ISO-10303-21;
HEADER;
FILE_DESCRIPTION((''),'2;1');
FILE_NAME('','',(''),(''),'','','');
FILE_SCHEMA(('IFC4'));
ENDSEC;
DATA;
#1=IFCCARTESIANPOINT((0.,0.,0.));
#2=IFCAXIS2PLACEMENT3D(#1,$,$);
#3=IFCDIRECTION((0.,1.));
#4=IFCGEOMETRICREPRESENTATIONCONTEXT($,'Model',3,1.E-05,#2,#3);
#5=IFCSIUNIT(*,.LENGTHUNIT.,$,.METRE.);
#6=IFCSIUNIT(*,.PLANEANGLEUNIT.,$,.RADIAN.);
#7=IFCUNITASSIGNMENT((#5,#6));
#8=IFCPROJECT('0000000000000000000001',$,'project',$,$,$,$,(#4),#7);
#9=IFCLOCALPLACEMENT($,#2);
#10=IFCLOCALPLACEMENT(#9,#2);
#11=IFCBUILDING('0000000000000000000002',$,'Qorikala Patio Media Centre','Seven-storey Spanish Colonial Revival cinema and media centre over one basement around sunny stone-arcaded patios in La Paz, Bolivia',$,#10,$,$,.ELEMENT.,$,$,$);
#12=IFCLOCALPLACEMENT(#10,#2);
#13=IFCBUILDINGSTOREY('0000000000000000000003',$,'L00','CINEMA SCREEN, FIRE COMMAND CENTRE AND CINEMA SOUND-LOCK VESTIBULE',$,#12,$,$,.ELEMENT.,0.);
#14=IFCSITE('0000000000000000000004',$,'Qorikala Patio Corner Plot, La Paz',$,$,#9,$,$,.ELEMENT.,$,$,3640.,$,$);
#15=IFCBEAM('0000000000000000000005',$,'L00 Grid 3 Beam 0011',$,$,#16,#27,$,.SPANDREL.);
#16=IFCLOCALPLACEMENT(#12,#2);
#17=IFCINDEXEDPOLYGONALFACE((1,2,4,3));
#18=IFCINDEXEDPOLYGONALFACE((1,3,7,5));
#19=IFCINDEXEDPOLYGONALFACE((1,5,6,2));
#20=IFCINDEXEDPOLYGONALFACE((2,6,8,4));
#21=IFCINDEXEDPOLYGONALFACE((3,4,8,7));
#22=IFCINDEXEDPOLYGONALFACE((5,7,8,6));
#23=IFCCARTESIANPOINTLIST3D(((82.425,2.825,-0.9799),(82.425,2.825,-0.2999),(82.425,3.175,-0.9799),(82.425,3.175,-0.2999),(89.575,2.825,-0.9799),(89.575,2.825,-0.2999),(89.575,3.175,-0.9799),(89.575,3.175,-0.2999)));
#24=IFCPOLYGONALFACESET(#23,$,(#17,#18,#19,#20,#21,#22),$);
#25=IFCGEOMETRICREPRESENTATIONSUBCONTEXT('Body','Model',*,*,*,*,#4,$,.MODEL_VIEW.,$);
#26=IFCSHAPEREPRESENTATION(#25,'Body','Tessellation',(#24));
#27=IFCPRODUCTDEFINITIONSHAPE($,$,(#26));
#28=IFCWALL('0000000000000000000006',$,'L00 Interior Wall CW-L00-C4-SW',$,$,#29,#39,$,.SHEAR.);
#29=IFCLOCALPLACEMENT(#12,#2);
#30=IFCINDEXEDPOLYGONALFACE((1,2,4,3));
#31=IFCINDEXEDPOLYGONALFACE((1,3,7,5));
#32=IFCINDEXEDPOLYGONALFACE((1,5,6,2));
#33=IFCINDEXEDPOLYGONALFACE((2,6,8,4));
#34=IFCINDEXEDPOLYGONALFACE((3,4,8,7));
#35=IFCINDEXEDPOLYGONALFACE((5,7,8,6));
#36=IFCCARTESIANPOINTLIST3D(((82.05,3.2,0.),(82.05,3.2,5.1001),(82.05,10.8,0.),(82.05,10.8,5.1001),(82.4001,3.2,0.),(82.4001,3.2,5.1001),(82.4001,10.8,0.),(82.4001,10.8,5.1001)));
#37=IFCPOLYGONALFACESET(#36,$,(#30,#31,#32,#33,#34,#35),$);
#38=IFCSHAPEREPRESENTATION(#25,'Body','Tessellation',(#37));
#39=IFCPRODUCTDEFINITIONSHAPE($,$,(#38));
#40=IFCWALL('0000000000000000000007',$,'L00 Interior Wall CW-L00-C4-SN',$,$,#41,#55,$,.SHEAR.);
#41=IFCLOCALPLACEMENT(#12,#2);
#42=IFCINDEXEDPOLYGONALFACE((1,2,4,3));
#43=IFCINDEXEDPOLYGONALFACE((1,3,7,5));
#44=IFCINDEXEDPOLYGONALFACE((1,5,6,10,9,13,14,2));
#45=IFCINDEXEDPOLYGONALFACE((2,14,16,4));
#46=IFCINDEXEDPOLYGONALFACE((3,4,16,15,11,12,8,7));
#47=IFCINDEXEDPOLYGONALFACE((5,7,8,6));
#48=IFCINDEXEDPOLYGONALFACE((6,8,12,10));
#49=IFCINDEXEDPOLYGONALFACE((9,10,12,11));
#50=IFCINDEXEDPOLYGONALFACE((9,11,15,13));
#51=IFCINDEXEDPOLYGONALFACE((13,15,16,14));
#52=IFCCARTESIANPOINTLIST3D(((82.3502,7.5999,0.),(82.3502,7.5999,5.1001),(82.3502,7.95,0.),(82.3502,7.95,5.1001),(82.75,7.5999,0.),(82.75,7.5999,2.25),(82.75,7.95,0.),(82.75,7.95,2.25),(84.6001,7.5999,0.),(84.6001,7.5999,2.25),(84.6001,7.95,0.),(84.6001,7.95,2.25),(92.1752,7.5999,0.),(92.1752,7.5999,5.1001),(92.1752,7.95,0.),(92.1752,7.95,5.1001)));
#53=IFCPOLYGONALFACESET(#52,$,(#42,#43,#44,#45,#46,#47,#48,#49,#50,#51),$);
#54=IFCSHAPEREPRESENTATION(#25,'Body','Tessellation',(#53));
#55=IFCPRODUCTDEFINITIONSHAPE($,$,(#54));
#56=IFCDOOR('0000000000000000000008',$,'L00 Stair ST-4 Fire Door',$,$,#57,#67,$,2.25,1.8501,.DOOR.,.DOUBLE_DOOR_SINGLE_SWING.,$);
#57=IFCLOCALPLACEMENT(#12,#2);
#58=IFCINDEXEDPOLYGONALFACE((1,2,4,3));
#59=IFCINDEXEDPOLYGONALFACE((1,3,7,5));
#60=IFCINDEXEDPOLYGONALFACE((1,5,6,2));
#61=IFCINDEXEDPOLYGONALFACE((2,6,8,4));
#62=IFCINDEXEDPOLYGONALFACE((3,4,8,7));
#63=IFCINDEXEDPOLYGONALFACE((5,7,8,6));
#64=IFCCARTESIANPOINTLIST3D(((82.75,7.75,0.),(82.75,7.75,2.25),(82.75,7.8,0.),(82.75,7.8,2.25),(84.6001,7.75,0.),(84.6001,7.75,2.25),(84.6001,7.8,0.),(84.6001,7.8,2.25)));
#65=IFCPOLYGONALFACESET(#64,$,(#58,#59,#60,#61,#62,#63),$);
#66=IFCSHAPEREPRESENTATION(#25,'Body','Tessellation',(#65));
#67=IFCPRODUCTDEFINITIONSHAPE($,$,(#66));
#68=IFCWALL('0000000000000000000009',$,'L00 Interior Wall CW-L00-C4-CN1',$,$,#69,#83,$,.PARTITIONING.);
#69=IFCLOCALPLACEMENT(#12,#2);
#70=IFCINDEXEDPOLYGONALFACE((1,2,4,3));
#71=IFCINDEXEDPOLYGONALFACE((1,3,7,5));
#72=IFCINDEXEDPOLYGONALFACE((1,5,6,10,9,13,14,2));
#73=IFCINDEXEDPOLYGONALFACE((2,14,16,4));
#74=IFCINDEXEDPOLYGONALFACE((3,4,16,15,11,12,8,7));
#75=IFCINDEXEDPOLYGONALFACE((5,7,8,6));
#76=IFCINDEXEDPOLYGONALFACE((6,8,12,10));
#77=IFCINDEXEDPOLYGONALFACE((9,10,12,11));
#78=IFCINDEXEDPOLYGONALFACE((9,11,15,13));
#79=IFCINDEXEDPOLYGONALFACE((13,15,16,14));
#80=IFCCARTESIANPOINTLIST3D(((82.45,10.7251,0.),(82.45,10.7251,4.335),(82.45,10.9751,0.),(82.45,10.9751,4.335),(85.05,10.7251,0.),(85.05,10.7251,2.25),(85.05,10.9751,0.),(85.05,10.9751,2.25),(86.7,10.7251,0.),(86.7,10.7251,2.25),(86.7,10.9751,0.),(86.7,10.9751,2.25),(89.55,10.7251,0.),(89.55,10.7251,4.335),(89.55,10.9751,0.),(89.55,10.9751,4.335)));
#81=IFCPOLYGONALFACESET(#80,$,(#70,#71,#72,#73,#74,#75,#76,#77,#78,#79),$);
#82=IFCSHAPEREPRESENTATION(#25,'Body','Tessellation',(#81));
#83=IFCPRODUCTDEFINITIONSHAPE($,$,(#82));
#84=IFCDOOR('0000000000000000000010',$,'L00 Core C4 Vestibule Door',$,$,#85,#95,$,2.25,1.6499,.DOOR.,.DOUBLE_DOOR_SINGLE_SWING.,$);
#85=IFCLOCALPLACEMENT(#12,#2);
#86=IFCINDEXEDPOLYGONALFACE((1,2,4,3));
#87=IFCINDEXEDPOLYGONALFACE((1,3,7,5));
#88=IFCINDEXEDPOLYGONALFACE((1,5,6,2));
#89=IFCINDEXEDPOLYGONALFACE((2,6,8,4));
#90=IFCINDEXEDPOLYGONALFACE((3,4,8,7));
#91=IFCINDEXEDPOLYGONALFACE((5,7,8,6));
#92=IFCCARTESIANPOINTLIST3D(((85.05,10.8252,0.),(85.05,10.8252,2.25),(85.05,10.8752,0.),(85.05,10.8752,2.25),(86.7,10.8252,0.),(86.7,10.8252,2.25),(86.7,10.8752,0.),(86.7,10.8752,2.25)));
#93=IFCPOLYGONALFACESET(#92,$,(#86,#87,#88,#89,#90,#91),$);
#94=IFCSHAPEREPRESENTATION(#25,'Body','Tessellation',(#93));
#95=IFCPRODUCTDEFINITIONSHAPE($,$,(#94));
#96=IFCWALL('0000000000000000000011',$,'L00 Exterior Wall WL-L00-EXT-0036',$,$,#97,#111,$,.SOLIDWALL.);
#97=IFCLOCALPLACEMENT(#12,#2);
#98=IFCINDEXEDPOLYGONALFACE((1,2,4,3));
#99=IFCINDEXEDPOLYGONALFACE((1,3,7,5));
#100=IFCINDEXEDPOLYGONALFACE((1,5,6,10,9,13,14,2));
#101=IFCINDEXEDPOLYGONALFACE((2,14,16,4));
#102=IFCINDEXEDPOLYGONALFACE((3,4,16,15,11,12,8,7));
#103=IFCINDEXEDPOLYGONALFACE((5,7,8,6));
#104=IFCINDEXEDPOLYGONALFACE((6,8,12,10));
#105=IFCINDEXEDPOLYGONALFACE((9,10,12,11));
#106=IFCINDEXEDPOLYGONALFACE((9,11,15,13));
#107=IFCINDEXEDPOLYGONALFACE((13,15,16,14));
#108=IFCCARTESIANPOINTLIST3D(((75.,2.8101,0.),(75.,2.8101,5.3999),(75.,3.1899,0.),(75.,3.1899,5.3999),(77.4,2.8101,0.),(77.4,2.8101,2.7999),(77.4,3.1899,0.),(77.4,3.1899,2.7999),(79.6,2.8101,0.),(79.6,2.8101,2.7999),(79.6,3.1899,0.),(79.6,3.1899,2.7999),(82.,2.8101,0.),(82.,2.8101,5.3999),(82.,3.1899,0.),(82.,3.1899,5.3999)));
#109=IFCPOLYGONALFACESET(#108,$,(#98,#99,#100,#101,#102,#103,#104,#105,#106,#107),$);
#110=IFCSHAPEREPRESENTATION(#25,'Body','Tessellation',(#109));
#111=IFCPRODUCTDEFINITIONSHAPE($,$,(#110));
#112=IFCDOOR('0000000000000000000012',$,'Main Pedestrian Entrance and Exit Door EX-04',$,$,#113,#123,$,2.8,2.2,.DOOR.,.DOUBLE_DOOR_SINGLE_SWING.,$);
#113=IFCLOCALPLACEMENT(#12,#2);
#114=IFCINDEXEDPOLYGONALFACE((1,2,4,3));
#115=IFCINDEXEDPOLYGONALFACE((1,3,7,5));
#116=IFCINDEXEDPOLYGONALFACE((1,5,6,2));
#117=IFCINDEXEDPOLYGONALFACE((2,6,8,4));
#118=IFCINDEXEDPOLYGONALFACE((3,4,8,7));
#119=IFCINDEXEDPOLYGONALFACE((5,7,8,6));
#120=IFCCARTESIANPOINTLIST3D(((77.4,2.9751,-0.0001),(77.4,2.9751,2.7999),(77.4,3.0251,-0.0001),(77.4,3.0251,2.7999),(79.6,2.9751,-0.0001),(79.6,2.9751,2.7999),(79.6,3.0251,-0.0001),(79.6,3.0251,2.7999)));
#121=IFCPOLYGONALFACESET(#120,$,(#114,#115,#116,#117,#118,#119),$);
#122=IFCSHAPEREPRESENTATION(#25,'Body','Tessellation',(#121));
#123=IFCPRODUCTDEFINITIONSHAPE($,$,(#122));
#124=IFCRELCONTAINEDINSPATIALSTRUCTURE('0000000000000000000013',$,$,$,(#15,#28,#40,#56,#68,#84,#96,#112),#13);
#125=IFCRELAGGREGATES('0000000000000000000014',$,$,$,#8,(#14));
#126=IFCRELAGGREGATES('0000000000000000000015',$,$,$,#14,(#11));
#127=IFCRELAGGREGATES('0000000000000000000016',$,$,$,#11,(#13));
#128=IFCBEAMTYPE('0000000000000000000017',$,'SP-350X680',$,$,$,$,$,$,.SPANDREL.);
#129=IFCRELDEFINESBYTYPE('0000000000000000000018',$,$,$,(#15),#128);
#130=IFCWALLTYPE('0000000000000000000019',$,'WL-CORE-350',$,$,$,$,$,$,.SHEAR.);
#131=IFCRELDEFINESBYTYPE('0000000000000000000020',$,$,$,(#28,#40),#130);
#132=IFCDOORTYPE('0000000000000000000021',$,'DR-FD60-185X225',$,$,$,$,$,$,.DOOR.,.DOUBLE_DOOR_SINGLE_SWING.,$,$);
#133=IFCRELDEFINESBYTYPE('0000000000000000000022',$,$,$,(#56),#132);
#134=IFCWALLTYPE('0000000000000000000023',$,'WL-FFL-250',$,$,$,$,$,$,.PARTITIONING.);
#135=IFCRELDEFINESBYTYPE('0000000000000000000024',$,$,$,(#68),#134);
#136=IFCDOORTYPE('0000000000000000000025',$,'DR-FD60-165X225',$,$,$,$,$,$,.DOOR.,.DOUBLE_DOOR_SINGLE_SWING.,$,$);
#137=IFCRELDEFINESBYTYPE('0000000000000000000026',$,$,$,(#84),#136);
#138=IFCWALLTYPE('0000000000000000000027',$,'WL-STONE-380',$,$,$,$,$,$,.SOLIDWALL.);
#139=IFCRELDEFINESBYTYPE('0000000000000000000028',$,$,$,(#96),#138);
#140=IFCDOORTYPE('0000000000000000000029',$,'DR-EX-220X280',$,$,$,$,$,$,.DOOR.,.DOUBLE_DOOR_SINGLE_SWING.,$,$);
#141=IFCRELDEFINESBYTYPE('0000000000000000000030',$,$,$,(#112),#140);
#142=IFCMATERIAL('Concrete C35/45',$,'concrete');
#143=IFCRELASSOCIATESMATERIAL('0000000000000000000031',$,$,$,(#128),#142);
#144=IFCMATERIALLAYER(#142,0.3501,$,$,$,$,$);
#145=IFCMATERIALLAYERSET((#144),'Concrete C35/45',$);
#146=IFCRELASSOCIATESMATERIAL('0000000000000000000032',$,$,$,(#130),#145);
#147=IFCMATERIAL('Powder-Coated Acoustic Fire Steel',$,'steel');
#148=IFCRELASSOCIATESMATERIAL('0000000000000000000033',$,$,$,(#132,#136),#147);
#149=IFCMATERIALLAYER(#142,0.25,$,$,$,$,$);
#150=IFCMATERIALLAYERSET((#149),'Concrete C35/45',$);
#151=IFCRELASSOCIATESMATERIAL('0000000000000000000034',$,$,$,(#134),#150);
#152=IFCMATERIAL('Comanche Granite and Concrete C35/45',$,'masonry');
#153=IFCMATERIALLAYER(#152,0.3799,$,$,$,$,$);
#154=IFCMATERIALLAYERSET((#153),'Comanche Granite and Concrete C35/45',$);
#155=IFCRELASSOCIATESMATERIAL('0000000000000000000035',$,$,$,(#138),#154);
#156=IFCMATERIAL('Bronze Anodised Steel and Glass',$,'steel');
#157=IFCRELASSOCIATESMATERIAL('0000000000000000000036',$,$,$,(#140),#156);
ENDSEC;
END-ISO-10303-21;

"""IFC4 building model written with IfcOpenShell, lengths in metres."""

from ifc_helpers import new_model, si_unit, direction, frame, frame_2d, origin, origin_2d, place, context, subcontext, project, spatial, rectangle, extrude, material, layer, layer_set, material_profile, profile_set, type_object, element, fill, save


model = new_model("IFC4")

# Units and contexts
model_context = context("Model", 3, precision=1e-05, world=origin(), true_north=direction((0.0, 1.0)))
body_context = subcontext(model_context, "Body", "Model", "MODEL_VIEW")
ifc_project = project(units=[si_unit("LENGTHUNIT", "METRE"), si_unit("PLANEANGLEUNIT", "RADIAN")], contexts=[model_context])

# Site, building, storey
site_placement = place(None, origin())
site = spatial("IfcSite", under=ifc_project, at=site_placement, Name="Qorikala Patio Corner Plot, La Paz", CompositionType="ELEMENT", RefElevation=3640.0)
building_placement = place(site_placement, origin())
building = spatial("IfcBuilding", under=site, at=building_placement, Name="Qorikala Patio Media Centre", Description="Seven-storey Spanish Colonial Revival cinema and media centre over one basement around sunny stone-arcaded patios in La Paz, Bolivia", CompositionType="ELEMENT")
storey_placement = place(building_placement, origin())
storey = spatial("IfcBuildingStorey", under=building, at=storey_placement, Name="L00", Description="CINEMA SCREEN, FIRE COMMAND CENTRE AND CINEMA SOUND-LOCK VESTIBULE", CompositionType="ELEMENT", Elevation=0.0)

# Shared definitions
ifc_material_1 = material(Name="Concrete C35/45", Category="concrete")

# Beam
ifc_material_profile_1 = material_profile(ifc_material_1, rectangle(XDim=0.3501, YDim=0.6799, at=origin_2d()), Name="RC 350x680")
ifc_profile_set_1 = profile_set([ifc_material_profile_1], Name="Concrete C35/45")
beam_type_1 = type_object("IfcBeamType", Name="SP-350X680", PredefinedType="SPANDREL", material=ifc_profile_set_1)
beam_1_placement = place(storey_placement, frame((82.425, 3.0, -0.6399), z_axis=(1.0, 0.0, 0.0), x_axis=(0.0, 1.0, 0.0)))
element("IfcBeam", 1, at=beam_1_placement, inside=storey, type_object=beam_type_1, Name="L00 Grid 3 Beam 0011", PredefinedType="SPANDREL", context=body_context, shape_type="SweptSolid", body=[
    extrude(rectangle(XDim=0.3501, YDim=0.6799, at=origin_2d()), origin(), (0.0, 0.0, 1.0), 7.1499),
])

# Wall
ifc_layer_1 = layer(ifc_material_1, 0.3501)
ifc_layer_set_1 = layer_set([ifc_layer_1], Name="Concrete C35/45")
wall_type_1 = type_object("IfcWallType", Name="WL-CORE-350", PredefinedType="SHEAR", material=ifc_layer_set_1)
wall_1_placement = place(storey_placement, frame((82.2251, 3.2, 0.0), z_axis=(0.0, 0.0, 1.0), x_axis=(0.0, 1.0, 0.0)))
element("IfcWall", 2, at=wall_1_placement, inside=storey, type_object=wall_type_1, Name="L00 Interior Wall CW-L00-C4-SW", PredefinedType="SHEAR", context=body_context, shape_type="SweptSolid", body=[
    extrude(rectangle(XDim=7.6001, YDim=0.3501, at=frame_2d((3.8, 0.0))), origin(), (0.0, 0.0, 1.0), 5.1001),
])

# Walls, openings, doors
wall_2_placement = place(storey_placement, frame((82.3501, 7.7749, 0.0), z_axis=(0.0, 0.0, 1.0), x_axis=(1.0, 0.0, 0.0)))
wall_2 = element("IfcWall", 3, at=wall_2_placement, inside=storey, type_object=wall_type_1, Name="L00 Interior Wall CW-L00-C4-SN", PredefinedType="SHEAR", context=body_context, shape_type="SweptSolid", body=[
    extrude(rectangle(XDim=9.825, YDim=0.3501, at=frame_2d((4.9126, 0.0))), origin(), (0.0, 0.0, 1.0), 5.1001),
])
opening_1_placement = place(wall_2_placement, frame((0.3999, 0.0, 0.0)))
opening_1 = element("IfcOpeningElement", 4, at=opening_1_placement, cuts=wall_2, PredefinedType="OPENING", context=body_context, shape_type="SweptSolid", body=[
    extrude(rectangle(XDim=1.8501, YDim=2.25, at=frame_2d((0.925, 1.125))), frame((0.0, 0.1851, 0.0), z_axis=(0.0, -1.0, 0.0), x_axis=(1.0, 0.0, 0.0)), (0.0, 0.0, 1.0), 0.3701),
])
ifc_material_2 = material(Name="Powder-Coated Acoustic Fire Steel", Category="steel")
door_type_1 = type_object("IfcDoorType", Name="DR-FD60-185X225", OperationType="DOUBLE_DOOR_SINGLE_SWING", PredefinedType="DOOR", material=ifc_material_2)
door_1_placement = place(opening_1_placement, frame((1.8501, 0.0, 0.0), z_axis=(0.0, 0.0, 1.0), x_axis=(-1.0, 0.0, 0.0)))
door_1 = element("IfcDoor", 5, at=door_1_placement, inside=storey, type_object=door_type_1, Name="L00 Stair ST-4 Fire Door", OperationType="DOUBLE_DOOR_SINGLE_SWING", OverallHeight=2.25, OverallWidth=1.8501, PredefinedType="DOOR", context=body_context, shape_type="SweptSolid", body=[
    extrude(rectangle(XDim=1.8501, YDim=2.25, at=frame_2d((0.925, 1.125))), frame((0.0, 0.0249, 0.0), z_axis=(0.0, -1.0, 0.0), x_axis=(1.0, 0.0, 0.0)), (0.0, 0.0, 1.0), 0.05),
])
fill(opening_1, door_1)
ifc_layer_2 = layer(ifc_material_1, 0.25)
ifc_layer_set_2 = layer_set([ifc_layer_2], Name="Concrete C35/45")
wall_type_2 = type_object("IfcWallType", Name="WL-FFL-250", PredefinedType="PARTITIONING", material=ifc_layer_set_2)
wall_3_placement = place(storey_placement, frame((82.45, 10.8501, 0.0), z_axis=(0.0, 0.0, 1.0), x_axis=(1.0, 0.0, 0.0)))
wall_3 = element("IfcWall", 6, at=wall_3_placement, inside=storey, type_object=wall_type_2, Name="L00 Interior Wall CW-L00-C4-CN1", PredefinedType="PARTITIONING", context=body_context, shape_type="SweptSolid", body=[
    extrude(rectangle(XDim=7.1001, YDim=0.25, at=frame_2d((3.55, 0.0))), origin(), (0.0, 0.0, 1.0), 4.335),
])
opening_2_placement = place(wall_3_placement, frame((2.6001, 0.0, 0.0)))
opening_2 = element("IfcOpeningElement", 7, at=opening_2_placement, cuts=wall_3, PredefinedType="OPENING", context=body_context, shape_type="SweptSolid", body=[
    extrude(rectangle(XDim=1.6499, YDim=2.25, at=frame_2d((0.825, 1.125))), frame((0.0, 0.135, 0.0), z_axis=(0.0, -1.0, 0.0), x_axis=(1.0, 0.0, 0.0)), (0.0, 0.0, 1.0), 0.27),
])
door_type_2 = type_object("IfcDoorType", Name="DR-FD60-165X225", OperationType="DOUBLE_DOOR_SINGLE_SWING", PredefinedType="DOOR", material=ifc_material_2)
door_2_placement = place(opening_2_placement, frame((1.6499, 0.0, 0.0), z_axis=(0.0, 0.0, 1.0), x_axis=(-1.0, 0.0, 0.0)))
door_2 = element("IfcDoor", 8, at=door_2_placement, inside=storey, type_object=door_type_2, Name="L00 Core C4 Vestibule Door", OperationType="DOUBLE_DOOR_SINGLE_SWING", OverallHeight=2.25, OverallWidth=1.6499, PredefinedType="DOOR", context=body_context, shape_type="SweptSolid", body=[
    extrude(rectangle(XDim=1.6499, YDim=2.25, at=frame_2d((0.825, 1.125))), frame((0.0, 0.0249, 0.0), z_axis=(0.0, -1.0, 0.0), x_axis=(1.0, 0.0, 0.0)), (0.0, 0.0, 1.0), 0.05),
])
fill(opening_2, door_2)
ifc_material_3 = material(Name="Comanche Granite and Concrete C35/45", Category="masonry")
ifc_layer_3 = layer(ifc_material_3, 0.3799)
ifc_layer_set_3 = layer_set([ifc_layer_3], Name="Comanche Granite and Concrete C35/45")
wall_type_3 = type_object("IfcWallType", Name="WL-STONE-380", PredefinedType="SOLIDWALL", material=ifc_layer_set_3)
wall_4_placement = place(storey_placement, frame((82.0, 3.0, 0.0), z_axis=(0.0, 0.0, 1.0), x_axis=(-1.0, 0.0, 0.0)))
wall_4 = element("IfcWall", 9, at=wall_4_placement, inside=storey, type_object=wall_type_3, Name="L00 Exterior Wall WL-L00-EXT-0036", PredefinedType="SOLIDWALL", context=body_context, shape_type="SweptSolid", body=[
    extrude(rectangle(XDim=7.0, YDim=0.3799, at=frame_2d((3.5, 0.0))), origin(), (0.0, 0.0, 1.0), 5.3999),
])
opening_3_placement = place(wall_4_placement, frame((2.3999, 0.0, 0.0)))
opening_3 = element("IfcOpeningElement", 10, at=opening_3_placement, cuts=wall_4, PredefinedType="OPENING", context=body_context, shape_type="SweptSolid", body=[
    extrude(rectangle(XDim=2.2, YDim=2.8, at=frame_2d((1.1001, 1.3999))), frame((0.0, 0.2, 0.0), z_axis=(0.0, -1.0, 0.0), x_axis=(1.0, 0.0, 0.0)), (0.0, 0.0, 1.0), 0.3999),
])
ifc_material_4 = material(Name="Bronze Anodised Steel and Glass", Category="steel")
door_type_3 = type_object("IfcDoorType", Name="DR-EX-220X280", OperationType="DOUBLE_DOOR_SINGLE_SWING", PredefinedType="DOOR", material=ifc_material_4)
door_3_placement = place(opening_3_placement, origin())
door_3 = element("IfcDoor", 11, at=door_3_placement, inside=storey, type_object=door_type_3, Name="Main Pedestrian Entrance and Exit Door EX-04", OperationType="DOUBLE_DOOR_SINGLE_SWING", OverallHeight=2.8, OverallWidth=2.2, PredefinedType="DOOR", context=body_context, shape_type="SweptSolid", body=[
    extrude(rectangle(XDim=2.2, YDim=2.8, at=frame_2d((1.1001, 1.3999))), frame((0.0, 0.0249, 0.0), z_axis=(0.0, -1.0, 0.0), x_axis=(1.0, 0.0, 0.0)), (0.0, 0.0, 1.0), 0.05),
])
fill(opening_3, door_3)

save(model, "model.ifc")
